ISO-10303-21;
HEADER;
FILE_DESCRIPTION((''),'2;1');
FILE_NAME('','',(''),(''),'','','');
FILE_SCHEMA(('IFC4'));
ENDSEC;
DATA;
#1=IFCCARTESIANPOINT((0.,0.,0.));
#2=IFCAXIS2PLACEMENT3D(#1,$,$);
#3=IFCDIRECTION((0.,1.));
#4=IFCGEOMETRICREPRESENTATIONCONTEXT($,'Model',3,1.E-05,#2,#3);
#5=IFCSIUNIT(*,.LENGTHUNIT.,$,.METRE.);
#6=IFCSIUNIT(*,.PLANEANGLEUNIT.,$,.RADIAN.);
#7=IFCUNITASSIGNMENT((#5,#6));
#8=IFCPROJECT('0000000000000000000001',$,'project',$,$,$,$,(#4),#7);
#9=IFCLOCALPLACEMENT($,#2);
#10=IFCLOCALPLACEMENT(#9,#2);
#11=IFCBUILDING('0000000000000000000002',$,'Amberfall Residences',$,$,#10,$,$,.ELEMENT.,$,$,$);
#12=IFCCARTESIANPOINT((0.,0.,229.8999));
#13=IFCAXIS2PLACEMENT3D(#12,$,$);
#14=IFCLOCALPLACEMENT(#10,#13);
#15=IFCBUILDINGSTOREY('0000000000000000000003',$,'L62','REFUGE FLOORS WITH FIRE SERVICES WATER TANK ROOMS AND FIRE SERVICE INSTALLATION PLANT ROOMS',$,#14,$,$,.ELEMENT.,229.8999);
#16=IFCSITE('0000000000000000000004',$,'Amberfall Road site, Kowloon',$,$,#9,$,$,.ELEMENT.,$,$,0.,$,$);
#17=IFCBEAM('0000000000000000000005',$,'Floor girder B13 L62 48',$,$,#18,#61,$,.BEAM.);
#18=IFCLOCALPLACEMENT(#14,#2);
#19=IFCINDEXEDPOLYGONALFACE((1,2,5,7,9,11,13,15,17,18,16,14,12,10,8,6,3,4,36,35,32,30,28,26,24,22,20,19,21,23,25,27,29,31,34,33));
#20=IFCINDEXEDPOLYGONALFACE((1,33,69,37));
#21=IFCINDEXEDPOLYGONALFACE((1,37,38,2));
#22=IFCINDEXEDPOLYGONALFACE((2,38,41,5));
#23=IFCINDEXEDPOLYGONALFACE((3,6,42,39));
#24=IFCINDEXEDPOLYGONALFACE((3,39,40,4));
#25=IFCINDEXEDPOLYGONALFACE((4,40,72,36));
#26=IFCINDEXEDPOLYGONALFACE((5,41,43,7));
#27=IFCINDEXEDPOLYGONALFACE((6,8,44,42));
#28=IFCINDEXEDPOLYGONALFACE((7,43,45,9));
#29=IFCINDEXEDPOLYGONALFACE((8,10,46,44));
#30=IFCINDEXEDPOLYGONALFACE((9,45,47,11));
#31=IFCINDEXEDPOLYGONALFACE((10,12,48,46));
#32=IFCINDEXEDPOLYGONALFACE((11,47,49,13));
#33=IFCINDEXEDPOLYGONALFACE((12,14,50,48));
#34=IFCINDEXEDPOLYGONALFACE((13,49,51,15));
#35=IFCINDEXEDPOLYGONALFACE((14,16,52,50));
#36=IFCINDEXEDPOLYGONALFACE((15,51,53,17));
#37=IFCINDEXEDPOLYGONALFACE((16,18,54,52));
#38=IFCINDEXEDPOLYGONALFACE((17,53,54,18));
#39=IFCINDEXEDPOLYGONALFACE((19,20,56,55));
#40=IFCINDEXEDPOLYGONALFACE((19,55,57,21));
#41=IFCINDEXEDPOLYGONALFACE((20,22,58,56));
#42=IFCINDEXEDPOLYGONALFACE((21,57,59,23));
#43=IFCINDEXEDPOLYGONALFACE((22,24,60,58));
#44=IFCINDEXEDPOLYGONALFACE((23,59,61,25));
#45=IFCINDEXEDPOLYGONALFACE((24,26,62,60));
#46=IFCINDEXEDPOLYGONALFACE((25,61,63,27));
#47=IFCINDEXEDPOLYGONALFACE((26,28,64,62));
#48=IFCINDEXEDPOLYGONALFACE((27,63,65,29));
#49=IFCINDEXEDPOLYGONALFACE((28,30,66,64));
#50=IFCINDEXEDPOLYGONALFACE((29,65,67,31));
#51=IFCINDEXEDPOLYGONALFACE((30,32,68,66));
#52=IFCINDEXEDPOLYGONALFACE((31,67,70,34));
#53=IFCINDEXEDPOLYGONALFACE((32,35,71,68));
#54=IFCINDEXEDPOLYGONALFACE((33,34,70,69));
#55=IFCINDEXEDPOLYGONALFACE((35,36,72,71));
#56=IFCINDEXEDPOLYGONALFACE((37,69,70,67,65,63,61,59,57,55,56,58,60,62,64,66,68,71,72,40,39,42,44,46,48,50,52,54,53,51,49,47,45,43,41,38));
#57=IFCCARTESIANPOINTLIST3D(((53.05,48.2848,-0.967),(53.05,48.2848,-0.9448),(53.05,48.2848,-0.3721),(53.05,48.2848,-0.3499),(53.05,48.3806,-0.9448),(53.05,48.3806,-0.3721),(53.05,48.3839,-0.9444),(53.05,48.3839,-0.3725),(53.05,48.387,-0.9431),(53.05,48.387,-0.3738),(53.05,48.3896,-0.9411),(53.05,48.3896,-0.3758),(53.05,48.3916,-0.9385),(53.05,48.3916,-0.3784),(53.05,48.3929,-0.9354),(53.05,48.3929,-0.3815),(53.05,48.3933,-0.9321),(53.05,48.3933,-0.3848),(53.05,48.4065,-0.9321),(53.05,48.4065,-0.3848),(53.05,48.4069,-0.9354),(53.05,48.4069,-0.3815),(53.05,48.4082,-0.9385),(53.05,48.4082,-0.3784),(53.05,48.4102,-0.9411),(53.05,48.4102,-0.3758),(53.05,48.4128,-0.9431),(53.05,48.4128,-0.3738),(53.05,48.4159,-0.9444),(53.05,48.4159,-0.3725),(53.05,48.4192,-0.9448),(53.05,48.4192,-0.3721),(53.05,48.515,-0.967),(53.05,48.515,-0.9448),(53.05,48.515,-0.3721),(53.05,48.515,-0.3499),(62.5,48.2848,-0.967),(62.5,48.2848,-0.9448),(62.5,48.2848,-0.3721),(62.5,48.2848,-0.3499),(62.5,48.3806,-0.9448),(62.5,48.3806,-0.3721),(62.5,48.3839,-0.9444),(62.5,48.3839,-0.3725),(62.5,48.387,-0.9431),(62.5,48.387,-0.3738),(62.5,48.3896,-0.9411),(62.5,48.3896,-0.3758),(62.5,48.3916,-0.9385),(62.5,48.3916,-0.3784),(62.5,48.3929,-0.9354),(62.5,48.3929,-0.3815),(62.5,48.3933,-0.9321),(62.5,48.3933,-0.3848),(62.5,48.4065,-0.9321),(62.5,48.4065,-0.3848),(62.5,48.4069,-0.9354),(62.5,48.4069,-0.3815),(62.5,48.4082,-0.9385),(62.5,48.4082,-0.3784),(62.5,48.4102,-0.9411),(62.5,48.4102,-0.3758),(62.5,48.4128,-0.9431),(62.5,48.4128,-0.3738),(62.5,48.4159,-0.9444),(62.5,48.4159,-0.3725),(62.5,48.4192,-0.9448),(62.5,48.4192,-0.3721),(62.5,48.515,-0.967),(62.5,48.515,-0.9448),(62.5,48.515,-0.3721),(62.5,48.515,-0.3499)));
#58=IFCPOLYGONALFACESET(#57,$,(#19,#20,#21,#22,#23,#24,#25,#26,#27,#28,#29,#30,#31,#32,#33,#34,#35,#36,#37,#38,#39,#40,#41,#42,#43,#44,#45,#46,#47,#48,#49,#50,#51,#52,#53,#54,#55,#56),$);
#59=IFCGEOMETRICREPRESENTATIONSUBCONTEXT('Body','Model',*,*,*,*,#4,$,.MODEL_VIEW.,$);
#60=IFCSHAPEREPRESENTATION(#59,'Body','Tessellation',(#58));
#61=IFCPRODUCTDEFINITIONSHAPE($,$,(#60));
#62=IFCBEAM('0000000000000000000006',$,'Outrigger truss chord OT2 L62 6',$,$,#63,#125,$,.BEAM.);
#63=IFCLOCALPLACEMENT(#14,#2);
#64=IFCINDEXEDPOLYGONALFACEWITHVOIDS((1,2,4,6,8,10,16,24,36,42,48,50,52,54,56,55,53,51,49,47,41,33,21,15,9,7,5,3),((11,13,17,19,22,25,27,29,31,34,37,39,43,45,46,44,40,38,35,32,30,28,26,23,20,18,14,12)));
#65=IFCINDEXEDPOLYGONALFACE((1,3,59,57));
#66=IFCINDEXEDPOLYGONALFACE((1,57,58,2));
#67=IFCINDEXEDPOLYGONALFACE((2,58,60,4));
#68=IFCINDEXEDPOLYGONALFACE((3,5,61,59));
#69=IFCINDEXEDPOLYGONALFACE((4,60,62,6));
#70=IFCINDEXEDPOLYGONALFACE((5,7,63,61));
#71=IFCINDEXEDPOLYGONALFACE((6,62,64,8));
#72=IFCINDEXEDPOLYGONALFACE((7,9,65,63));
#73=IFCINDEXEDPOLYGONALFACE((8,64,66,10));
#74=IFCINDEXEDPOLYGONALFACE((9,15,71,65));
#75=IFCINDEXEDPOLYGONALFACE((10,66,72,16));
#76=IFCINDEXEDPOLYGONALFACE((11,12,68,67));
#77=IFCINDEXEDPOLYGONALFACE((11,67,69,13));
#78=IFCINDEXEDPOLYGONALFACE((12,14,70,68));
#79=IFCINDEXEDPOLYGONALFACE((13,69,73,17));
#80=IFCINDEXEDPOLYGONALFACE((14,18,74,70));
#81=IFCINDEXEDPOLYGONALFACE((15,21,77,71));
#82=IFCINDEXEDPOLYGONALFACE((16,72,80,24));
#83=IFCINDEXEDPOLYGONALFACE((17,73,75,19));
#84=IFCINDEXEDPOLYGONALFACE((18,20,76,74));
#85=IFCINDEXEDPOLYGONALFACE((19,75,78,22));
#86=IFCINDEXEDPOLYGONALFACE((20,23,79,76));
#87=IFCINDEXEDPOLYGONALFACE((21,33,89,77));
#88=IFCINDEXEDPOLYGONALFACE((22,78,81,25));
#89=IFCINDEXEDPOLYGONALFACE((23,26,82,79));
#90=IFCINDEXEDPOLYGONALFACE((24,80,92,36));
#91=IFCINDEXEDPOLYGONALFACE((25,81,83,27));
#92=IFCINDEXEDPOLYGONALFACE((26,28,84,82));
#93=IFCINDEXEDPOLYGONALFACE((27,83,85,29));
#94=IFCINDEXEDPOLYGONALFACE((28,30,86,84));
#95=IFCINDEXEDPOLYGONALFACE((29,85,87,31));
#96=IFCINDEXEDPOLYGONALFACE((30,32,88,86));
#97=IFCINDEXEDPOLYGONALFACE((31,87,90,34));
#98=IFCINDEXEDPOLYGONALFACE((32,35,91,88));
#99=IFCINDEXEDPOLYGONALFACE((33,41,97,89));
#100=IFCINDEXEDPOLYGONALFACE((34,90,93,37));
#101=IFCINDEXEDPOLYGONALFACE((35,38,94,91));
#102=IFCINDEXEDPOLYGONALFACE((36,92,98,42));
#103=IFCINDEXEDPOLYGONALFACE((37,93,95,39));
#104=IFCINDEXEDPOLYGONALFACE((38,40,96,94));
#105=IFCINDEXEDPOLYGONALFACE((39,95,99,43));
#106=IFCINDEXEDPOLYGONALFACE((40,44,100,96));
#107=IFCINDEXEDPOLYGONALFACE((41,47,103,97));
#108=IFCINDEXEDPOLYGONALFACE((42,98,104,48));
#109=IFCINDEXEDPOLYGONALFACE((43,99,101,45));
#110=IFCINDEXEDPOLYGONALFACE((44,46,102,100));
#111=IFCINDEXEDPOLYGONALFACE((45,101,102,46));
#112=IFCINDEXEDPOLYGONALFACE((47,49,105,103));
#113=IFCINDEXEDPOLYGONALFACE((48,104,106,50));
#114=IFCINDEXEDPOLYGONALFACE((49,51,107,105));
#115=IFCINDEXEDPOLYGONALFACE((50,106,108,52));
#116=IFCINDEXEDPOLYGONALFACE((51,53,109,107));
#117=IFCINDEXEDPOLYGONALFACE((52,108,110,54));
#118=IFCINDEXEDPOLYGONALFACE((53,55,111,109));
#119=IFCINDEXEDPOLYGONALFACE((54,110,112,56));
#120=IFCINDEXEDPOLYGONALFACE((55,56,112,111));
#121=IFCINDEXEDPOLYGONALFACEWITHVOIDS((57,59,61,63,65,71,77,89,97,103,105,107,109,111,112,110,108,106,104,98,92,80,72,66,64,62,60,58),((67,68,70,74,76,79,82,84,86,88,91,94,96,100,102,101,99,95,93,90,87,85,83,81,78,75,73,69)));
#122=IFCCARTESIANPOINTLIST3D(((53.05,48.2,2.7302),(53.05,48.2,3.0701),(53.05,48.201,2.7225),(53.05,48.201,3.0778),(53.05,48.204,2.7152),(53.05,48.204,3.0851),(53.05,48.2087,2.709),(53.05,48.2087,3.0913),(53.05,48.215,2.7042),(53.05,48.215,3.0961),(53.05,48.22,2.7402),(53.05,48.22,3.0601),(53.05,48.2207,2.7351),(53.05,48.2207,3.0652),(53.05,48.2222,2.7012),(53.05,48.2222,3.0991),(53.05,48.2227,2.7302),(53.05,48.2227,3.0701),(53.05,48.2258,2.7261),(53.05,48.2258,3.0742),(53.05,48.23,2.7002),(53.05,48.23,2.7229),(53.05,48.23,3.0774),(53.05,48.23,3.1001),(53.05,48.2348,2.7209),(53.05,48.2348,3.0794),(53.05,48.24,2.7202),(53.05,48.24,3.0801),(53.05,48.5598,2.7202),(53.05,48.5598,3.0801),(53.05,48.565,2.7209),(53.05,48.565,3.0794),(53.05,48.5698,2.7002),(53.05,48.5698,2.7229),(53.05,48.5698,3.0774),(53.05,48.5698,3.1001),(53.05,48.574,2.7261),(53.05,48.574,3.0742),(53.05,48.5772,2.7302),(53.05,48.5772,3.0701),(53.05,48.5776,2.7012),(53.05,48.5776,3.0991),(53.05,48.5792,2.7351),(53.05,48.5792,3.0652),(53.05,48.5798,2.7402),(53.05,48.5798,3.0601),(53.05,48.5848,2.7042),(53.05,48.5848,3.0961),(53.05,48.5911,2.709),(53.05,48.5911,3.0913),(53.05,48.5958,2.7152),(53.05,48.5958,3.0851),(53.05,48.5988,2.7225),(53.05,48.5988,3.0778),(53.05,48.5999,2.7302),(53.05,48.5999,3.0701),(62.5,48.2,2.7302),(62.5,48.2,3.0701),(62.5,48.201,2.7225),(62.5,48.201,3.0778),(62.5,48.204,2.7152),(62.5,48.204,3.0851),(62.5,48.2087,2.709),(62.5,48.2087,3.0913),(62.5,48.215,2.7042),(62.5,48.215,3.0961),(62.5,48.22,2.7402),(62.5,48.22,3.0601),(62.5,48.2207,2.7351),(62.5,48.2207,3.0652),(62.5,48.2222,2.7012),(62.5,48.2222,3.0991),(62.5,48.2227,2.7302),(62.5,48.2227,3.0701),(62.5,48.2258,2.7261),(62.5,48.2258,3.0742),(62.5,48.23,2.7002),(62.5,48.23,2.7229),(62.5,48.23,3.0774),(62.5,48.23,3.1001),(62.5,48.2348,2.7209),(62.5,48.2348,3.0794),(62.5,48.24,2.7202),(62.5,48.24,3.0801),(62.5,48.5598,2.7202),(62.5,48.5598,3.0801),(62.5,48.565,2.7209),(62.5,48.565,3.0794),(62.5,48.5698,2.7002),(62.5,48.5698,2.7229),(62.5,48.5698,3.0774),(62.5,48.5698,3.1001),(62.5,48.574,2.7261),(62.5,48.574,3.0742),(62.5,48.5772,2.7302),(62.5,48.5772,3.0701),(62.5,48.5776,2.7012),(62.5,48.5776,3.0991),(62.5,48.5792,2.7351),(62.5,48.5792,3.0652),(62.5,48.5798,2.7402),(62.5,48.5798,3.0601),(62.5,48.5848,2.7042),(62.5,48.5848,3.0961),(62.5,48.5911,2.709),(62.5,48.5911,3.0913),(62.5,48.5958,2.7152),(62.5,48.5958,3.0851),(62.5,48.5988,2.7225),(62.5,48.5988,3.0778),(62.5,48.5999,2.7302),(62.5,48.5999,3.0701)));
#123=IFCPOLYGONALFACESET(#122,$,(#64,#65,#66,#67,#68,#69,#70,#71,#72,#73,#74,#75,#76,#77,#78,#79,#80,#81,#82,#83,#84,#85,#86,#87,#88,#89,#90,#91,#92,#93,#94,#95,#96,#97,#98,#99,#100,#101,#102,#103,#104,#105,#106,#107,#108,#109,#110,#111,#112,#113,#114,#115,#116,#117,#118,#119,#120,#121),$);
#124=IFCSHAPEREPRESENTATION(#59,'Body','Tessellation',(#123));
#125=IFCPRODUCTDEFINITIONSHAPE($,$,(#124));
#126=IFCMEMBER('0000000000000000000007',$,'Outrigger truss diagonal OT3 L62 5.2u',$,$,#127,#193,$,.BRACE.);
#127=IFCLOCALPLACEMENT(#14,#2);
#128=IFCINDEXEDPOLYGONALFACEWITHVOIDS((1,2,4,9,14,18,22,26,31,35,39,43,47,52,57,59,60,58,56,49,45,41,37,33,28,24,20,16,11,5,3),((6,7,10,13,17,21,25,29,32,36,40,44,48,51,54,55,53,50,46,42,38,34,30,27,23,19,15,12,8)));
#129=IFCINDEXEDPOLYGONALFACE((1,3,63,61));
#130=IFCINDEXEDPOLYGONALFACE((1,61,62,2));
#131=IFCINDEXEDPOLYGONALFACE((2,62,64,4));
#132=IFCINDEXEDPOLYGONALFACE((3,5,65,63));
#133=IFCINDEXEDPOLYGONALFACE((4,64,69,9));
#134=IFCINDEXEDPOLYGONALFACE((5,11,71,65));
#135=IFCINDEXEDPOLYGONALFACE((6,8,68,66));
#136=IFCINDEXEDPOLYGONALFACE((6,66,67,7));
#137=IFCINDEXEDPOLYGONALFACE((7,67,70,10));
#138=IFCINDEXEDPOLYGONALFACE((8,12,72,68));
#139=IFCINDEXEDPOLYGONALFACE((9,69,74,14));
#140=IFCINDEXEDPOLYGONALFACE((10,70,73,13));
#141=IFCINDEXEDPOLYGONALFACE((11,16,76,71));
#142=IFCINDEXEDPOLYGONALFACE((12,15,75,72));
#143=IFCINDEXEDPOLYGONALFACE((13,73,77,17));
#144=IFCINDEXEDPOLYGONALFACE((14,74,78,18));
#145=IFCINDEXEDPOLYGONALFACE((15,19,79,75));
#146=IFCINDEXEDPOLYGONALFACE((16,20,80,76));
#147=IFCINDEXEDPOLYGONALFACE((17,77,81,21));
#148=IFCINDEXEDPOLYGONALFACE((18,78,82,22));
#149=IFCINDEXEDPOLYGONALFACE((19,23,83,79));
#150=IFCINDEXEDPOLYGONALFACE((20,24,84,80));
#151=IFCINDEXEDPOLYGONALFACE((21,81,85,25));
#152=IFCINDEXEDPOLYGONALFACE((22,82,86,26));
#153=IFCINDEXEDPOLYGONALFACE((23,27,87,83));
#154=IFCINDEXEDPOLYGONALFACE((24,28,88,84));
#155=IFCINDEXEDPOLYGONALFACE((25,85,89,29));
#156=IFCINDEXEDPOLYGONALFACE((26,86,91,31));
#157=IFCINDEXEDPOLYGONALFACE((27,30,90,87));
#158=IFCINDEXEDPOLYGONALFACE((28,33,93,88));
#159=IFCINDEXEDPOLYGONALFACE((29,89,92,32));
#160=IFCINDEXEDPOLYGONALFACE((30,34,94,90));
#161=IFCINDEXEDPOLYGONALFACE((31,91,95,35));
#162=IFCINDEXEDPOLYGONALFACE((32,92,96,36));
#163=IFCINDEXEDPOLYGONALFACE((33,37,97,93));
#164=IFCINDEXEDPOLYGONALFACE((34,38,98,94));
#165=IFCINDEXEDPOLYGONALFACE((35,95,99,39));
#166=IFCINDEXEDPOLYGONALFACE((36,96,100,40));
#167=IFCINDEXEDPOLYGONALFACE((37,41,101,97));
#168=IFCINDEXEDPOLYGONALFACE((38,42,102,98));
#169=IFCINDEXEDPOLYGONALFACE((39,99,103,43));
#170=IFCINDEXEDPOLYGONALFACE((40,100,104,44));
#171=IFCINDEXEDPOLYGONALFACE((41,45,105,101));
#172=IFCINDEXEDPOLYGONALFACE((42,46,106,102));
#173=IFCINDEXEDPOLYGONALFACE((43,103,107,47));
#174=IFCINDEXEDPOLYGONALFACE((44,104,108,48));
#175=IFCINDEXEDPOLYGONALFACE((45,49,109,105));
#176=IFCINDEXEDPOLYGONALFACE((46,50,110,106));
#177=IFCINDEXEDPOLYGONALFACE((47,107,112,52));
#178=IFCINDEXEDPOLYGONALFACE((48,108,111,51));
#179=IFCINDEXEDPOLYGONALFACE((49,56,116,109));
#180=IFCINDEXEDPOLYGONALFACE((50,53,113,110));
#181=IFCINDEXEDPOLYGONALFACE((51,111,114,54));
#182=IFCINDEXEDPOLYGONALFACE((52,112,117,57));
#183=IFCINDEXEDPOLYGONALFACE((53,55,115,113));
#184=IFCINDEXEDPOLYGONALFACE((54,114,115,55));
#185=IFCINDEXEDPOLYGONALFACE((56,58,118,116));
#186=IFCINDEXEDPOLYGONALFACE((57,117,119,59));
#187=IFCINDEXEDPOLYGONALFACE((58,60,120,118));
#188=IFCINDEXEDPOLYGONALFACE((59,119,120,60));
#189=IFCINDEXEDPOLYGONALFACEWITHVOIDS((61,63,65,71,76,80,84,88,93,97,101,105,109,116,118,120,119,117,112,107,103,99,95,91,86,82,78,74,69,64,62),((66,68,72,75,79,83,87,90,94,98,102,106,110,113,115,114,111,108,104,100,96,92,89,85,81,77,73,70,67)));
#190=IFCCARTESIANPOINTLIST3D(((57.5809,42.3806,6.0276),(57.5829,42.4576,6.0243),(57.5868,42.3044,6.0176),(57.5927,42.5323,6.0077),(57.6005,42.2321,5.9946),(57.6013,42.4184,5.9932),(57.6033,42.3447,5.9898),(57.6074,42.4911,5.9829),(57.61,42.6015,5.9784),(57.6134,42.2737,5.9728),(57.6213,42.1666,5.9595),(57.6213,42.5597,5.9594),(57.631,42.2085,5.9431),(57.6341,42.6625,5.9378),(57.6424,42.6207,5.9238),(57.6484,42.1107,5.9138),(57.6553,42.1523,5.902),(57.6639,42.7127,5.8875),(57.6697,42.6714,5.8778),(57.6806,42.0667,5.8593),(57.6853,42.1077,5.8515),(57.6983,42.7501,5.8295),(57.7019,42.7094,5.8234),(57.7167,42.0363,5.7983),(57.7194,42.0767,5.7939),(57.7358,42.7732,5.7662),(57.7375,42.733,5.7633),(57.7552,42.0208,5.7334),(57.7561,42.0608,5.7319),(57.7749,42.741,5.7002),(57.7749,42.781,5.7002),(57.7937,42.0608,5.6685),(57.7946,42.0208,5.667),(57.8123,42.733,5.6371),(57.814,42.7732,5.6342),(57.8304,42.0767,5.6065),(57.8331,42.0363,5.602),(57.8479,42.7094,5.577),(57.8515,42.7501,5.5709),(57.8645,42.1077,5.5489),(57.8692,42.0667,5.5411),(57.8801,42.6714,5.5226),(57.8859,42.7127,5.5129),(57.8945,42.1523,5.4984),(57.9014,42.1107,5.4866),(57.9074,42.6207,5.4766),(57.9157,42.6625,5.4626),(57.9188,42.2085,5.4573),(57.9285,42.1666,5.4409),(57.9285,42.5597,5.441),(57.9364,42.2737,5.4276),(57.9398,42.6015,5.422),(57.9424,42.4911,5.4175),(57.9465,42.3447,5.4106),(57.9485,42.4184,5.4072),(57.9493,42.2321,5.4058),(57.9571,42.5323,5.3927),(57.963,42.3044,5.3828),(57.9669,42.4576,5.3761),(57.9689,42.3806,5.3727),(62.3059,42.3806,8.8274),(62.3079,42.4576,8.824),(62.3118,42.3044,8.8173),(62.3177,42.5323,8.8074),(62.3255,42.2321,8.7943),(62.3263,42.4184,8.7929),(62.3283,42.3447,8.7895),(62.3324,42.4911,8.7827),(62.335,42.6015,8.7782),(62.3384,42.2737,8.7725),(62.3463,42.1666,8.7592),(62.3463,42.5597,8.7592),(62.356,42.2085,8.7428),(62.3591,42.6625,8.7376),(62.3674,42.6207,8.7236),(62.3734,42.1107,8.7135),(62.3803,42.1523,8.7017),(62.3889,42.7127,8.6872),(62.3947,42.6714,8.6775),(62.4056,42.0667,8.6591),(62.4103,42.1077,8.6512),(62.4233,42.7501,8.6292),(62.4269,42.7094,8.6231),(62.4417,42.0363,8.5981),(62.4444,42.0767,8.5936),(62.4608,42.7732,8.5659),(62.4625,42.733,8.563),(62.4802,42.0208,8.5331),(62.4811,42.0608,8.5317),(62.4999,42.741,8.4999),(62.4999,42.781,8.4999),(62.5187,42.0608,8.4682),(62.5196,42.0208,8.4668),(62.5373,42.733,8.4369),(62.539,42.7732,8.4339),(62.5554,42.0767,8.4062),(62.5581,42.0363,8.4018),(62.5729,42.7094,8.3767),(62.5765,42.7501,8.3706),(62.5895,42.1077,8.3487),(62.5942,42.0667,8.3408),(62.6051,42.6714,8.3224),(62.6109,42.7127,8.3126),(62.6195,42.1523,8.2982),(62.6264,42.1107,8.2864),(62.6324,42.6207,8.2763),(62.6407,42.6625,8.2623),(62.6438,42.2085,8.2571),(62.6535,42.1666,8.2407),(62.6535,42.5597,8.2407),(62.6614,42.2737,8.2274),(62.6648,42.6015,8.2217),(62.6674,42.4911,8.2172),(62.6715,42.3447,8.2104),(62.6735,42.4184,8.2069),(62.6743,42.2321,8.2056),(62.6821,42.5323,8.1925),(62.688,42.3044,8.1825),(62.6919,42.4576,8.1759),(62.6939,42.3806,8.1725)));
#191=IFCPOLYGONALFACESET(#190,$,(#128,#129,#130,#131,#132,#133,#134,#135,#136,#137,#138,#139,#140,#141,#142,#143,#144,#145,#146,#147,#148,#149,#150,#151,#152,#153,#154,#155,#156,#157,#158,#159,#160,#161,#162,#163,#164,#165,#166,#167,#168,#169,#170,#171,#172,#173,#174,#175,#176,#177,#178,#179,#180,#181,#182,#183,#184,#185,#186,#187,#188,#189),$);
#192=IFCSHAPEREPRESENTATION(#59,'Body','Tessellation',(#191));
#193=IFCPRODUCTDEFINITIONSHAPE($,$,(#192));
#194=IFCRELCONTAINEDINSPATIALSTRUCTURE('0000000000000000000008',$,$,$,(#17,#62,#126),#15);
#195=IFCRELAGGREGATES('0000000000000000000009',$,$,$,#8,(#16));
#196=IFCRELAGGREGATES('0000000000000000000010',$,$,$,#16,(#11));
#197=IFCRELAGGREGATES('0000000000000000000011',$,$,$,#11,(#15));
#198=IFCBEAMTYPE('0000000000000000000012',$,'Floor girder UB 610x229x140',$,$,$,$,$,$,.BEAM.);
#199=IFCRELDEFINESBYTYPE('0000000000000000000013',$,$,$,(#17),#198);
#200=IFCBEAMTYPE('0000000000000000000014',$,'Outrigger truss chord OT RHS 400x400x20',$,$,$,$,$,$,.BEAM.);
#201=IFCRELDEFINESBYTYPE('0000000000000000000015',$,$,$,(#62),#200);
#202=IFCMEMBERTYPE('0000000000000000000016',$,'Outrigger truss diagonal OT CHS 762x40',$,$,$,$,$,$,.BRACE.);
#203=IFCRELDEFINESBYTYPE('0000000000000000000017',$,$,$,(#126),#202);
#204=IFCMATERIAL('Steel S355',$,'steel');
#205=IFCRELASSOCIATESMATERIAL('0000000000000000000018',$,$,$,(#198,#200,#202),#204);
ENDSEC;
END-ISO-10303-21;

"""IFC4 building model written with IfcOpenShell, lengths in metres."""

from ifc_helpers import new_model, si_unit, direction, frame, origin, origin_2d, place, context, subcontext, project, spatial, hollow_rectangle, hollow_circle, i_section, extrude, material, material_profile, profile_set, type_object, element, save


model = new_model("IFC4")

# Units and contexts
model_context = context("Model", 3, precision=1e-05, world=origin(), true_north=direction((0.0, 1.0)))
body_context = subcontext(model_context, "Body", "Model", "MODEL_VIEW")
ifc_project = project(units=[si_unit("LENGTHUNIT", "METRE"), si_unit("PLANEANGLEUNIT", "RADIAN")], contexts=[model_context])

# Site, building, storey
site_placement = place(None, origin())
site = spatial("IfcSite", under=ifc_project, at=site_placement, Name="Amberfall Road site, Kowloon", CompositionType="ELEMENT", RefElevation=0.0)
building_placement = place(site_placement, origin())
building = spatial("IfcBuilding", under=site, at=building_placement, Name="Amberfall Residences", CompositionType="ELEMENT")
storey_placement = place(building_placement, frame((0.0, 0.0, 229.8999)))
storey = spatial("IfcBuildingStorey", under=building, at=storey_placement, Name="L62", Description="REFUGE FLOORS WITH FIRE SERVICES WATER TANK ROOMS AND FIRE SERVICE INSTALLATION PLANT ROOMS", CompositionType="ELEMENT", Elevation=229.8999)

# Shared definitions
ifc_material_1 = material(Name="Steel S355", Category="steel")

# Beams
ifc_material_profile_1 = material_profile(ifc_material_1, i_section(OverallWidth=0.2302, OverallDepth=0.6172, WebThickness=0.0132, FlangeThickness=0.0222, FilletRadius=0.0127, at=origin_2d()), Name="UB 610x229x140")
ifc_profile_set_1 = profile_set([ifc_material_profile_1], Name="Steel S355")
beam_type_1 = type_object("IfcBeamType", Name="Floor girder UB 610x229x140", PredefinedType="BEAM", material=ifc_profile_set_1)
beam_1_placement = place(storey_placement, frame((53.05, 48.3999, -0.6584), z_axis=(1.0, 0.0, 0.0), x_axis=(0.0, 1.0, 0.0)))
element("IfcBeam", 1, at=beam_1_placement, inside=storey, type_object=beam_type_1, Name="Floor girder B13 L62 48", PredefinedType="BEAM", context=body_context, shape_type="SweptSolid", body=[
    extrude(i_section(OverallWidth=0.2302, OverallDepth=0.6172, WebThickness=0.0132, FlangeThickness=0.0222, FilletRadius=0.0127, at=origin_2d()), origin(), (0.0, 0.0, 1.0), 9.45),
])
ifc_material_profile_2 = material_profile(ifc_material_1, hollow_rectangle(XDim=0.3999, YDim=0.3999, WallThickness=0.02, InnerFilletRadius=0.02, OuterFilletRadius=0.03, at=origin_2d()), Name="RHS 400x400x20")
ifc_profile_set_2 = profile_set([ifc_material_profile_2], Name="Steel S355")
beam_type_2 = type_object("IfcBeamType", Name="Outrigger truss chord OT RHS 400x400x20", PredefinedType="BEAM", material=ifc_profile_set_2)
beam_2_placement = place(storey_placement, frame((53.05, 48.3999, 2.9001), z_axis=(1.0, 0.0, 0.0), x_axis=(0.0, 1.0, 0.0)))
element("IfcBeam", 2, at=beam_2_placement, inside=storey, type_object=beam_type_2, Name="Outrigger truss chord OT2 L62 6", PredefinedType="BEAM", context=body_context, shape_type="SweptSolid", body=[
    extrude(hollow_rectangle(XDim=0.3999, YDim=0.3999, WallThickness=0.02, InnerFilletRadius=0.02, OuterFilletRadius=0.03, at=origin_2d()), origin(), (0.0, 0.0, 1.0), 9.45),
])

# Member
ifc_material_profile_3 = material_profile(ifc_material_1, hollow_circle(Radius=0.3811, WallThickness=0.04, at=origin_2d()), Name="CHS 762x40")
ifc_profile_set_3 = profile_set([ifc_material_profile_3], Name="Steel S355")
member_type_1 = type_object("IfcMemberType", Name="Outrigger truss diagonal OT CHS 762x40", PredefinedType="BRACE", material=ifc_profile_set_3)
member_1_placement = place(storey_placement, frame((57.7749, 42.3999, 5.7002), z_axis=(0.860312, 0.0, 0.509768), x_axis=(0.0, 1.0, 0.0)))
element("IfcMember", 3, at=member_1_placement, inside=storey, type_object=member_type_1, Name="Outrigger truss diagonal OT3 L62 5.2u", PredefinedType="BRACE", context=body_context, shape_type="SweptSolid", body=[
    extrude(hollow_circle(Radius=0.3811, WallThickness=0.04, at=origin_2d()), origin(), (0.0, 0.0, 1.0), 5.4922),
])

save(model, "model.ifc")
